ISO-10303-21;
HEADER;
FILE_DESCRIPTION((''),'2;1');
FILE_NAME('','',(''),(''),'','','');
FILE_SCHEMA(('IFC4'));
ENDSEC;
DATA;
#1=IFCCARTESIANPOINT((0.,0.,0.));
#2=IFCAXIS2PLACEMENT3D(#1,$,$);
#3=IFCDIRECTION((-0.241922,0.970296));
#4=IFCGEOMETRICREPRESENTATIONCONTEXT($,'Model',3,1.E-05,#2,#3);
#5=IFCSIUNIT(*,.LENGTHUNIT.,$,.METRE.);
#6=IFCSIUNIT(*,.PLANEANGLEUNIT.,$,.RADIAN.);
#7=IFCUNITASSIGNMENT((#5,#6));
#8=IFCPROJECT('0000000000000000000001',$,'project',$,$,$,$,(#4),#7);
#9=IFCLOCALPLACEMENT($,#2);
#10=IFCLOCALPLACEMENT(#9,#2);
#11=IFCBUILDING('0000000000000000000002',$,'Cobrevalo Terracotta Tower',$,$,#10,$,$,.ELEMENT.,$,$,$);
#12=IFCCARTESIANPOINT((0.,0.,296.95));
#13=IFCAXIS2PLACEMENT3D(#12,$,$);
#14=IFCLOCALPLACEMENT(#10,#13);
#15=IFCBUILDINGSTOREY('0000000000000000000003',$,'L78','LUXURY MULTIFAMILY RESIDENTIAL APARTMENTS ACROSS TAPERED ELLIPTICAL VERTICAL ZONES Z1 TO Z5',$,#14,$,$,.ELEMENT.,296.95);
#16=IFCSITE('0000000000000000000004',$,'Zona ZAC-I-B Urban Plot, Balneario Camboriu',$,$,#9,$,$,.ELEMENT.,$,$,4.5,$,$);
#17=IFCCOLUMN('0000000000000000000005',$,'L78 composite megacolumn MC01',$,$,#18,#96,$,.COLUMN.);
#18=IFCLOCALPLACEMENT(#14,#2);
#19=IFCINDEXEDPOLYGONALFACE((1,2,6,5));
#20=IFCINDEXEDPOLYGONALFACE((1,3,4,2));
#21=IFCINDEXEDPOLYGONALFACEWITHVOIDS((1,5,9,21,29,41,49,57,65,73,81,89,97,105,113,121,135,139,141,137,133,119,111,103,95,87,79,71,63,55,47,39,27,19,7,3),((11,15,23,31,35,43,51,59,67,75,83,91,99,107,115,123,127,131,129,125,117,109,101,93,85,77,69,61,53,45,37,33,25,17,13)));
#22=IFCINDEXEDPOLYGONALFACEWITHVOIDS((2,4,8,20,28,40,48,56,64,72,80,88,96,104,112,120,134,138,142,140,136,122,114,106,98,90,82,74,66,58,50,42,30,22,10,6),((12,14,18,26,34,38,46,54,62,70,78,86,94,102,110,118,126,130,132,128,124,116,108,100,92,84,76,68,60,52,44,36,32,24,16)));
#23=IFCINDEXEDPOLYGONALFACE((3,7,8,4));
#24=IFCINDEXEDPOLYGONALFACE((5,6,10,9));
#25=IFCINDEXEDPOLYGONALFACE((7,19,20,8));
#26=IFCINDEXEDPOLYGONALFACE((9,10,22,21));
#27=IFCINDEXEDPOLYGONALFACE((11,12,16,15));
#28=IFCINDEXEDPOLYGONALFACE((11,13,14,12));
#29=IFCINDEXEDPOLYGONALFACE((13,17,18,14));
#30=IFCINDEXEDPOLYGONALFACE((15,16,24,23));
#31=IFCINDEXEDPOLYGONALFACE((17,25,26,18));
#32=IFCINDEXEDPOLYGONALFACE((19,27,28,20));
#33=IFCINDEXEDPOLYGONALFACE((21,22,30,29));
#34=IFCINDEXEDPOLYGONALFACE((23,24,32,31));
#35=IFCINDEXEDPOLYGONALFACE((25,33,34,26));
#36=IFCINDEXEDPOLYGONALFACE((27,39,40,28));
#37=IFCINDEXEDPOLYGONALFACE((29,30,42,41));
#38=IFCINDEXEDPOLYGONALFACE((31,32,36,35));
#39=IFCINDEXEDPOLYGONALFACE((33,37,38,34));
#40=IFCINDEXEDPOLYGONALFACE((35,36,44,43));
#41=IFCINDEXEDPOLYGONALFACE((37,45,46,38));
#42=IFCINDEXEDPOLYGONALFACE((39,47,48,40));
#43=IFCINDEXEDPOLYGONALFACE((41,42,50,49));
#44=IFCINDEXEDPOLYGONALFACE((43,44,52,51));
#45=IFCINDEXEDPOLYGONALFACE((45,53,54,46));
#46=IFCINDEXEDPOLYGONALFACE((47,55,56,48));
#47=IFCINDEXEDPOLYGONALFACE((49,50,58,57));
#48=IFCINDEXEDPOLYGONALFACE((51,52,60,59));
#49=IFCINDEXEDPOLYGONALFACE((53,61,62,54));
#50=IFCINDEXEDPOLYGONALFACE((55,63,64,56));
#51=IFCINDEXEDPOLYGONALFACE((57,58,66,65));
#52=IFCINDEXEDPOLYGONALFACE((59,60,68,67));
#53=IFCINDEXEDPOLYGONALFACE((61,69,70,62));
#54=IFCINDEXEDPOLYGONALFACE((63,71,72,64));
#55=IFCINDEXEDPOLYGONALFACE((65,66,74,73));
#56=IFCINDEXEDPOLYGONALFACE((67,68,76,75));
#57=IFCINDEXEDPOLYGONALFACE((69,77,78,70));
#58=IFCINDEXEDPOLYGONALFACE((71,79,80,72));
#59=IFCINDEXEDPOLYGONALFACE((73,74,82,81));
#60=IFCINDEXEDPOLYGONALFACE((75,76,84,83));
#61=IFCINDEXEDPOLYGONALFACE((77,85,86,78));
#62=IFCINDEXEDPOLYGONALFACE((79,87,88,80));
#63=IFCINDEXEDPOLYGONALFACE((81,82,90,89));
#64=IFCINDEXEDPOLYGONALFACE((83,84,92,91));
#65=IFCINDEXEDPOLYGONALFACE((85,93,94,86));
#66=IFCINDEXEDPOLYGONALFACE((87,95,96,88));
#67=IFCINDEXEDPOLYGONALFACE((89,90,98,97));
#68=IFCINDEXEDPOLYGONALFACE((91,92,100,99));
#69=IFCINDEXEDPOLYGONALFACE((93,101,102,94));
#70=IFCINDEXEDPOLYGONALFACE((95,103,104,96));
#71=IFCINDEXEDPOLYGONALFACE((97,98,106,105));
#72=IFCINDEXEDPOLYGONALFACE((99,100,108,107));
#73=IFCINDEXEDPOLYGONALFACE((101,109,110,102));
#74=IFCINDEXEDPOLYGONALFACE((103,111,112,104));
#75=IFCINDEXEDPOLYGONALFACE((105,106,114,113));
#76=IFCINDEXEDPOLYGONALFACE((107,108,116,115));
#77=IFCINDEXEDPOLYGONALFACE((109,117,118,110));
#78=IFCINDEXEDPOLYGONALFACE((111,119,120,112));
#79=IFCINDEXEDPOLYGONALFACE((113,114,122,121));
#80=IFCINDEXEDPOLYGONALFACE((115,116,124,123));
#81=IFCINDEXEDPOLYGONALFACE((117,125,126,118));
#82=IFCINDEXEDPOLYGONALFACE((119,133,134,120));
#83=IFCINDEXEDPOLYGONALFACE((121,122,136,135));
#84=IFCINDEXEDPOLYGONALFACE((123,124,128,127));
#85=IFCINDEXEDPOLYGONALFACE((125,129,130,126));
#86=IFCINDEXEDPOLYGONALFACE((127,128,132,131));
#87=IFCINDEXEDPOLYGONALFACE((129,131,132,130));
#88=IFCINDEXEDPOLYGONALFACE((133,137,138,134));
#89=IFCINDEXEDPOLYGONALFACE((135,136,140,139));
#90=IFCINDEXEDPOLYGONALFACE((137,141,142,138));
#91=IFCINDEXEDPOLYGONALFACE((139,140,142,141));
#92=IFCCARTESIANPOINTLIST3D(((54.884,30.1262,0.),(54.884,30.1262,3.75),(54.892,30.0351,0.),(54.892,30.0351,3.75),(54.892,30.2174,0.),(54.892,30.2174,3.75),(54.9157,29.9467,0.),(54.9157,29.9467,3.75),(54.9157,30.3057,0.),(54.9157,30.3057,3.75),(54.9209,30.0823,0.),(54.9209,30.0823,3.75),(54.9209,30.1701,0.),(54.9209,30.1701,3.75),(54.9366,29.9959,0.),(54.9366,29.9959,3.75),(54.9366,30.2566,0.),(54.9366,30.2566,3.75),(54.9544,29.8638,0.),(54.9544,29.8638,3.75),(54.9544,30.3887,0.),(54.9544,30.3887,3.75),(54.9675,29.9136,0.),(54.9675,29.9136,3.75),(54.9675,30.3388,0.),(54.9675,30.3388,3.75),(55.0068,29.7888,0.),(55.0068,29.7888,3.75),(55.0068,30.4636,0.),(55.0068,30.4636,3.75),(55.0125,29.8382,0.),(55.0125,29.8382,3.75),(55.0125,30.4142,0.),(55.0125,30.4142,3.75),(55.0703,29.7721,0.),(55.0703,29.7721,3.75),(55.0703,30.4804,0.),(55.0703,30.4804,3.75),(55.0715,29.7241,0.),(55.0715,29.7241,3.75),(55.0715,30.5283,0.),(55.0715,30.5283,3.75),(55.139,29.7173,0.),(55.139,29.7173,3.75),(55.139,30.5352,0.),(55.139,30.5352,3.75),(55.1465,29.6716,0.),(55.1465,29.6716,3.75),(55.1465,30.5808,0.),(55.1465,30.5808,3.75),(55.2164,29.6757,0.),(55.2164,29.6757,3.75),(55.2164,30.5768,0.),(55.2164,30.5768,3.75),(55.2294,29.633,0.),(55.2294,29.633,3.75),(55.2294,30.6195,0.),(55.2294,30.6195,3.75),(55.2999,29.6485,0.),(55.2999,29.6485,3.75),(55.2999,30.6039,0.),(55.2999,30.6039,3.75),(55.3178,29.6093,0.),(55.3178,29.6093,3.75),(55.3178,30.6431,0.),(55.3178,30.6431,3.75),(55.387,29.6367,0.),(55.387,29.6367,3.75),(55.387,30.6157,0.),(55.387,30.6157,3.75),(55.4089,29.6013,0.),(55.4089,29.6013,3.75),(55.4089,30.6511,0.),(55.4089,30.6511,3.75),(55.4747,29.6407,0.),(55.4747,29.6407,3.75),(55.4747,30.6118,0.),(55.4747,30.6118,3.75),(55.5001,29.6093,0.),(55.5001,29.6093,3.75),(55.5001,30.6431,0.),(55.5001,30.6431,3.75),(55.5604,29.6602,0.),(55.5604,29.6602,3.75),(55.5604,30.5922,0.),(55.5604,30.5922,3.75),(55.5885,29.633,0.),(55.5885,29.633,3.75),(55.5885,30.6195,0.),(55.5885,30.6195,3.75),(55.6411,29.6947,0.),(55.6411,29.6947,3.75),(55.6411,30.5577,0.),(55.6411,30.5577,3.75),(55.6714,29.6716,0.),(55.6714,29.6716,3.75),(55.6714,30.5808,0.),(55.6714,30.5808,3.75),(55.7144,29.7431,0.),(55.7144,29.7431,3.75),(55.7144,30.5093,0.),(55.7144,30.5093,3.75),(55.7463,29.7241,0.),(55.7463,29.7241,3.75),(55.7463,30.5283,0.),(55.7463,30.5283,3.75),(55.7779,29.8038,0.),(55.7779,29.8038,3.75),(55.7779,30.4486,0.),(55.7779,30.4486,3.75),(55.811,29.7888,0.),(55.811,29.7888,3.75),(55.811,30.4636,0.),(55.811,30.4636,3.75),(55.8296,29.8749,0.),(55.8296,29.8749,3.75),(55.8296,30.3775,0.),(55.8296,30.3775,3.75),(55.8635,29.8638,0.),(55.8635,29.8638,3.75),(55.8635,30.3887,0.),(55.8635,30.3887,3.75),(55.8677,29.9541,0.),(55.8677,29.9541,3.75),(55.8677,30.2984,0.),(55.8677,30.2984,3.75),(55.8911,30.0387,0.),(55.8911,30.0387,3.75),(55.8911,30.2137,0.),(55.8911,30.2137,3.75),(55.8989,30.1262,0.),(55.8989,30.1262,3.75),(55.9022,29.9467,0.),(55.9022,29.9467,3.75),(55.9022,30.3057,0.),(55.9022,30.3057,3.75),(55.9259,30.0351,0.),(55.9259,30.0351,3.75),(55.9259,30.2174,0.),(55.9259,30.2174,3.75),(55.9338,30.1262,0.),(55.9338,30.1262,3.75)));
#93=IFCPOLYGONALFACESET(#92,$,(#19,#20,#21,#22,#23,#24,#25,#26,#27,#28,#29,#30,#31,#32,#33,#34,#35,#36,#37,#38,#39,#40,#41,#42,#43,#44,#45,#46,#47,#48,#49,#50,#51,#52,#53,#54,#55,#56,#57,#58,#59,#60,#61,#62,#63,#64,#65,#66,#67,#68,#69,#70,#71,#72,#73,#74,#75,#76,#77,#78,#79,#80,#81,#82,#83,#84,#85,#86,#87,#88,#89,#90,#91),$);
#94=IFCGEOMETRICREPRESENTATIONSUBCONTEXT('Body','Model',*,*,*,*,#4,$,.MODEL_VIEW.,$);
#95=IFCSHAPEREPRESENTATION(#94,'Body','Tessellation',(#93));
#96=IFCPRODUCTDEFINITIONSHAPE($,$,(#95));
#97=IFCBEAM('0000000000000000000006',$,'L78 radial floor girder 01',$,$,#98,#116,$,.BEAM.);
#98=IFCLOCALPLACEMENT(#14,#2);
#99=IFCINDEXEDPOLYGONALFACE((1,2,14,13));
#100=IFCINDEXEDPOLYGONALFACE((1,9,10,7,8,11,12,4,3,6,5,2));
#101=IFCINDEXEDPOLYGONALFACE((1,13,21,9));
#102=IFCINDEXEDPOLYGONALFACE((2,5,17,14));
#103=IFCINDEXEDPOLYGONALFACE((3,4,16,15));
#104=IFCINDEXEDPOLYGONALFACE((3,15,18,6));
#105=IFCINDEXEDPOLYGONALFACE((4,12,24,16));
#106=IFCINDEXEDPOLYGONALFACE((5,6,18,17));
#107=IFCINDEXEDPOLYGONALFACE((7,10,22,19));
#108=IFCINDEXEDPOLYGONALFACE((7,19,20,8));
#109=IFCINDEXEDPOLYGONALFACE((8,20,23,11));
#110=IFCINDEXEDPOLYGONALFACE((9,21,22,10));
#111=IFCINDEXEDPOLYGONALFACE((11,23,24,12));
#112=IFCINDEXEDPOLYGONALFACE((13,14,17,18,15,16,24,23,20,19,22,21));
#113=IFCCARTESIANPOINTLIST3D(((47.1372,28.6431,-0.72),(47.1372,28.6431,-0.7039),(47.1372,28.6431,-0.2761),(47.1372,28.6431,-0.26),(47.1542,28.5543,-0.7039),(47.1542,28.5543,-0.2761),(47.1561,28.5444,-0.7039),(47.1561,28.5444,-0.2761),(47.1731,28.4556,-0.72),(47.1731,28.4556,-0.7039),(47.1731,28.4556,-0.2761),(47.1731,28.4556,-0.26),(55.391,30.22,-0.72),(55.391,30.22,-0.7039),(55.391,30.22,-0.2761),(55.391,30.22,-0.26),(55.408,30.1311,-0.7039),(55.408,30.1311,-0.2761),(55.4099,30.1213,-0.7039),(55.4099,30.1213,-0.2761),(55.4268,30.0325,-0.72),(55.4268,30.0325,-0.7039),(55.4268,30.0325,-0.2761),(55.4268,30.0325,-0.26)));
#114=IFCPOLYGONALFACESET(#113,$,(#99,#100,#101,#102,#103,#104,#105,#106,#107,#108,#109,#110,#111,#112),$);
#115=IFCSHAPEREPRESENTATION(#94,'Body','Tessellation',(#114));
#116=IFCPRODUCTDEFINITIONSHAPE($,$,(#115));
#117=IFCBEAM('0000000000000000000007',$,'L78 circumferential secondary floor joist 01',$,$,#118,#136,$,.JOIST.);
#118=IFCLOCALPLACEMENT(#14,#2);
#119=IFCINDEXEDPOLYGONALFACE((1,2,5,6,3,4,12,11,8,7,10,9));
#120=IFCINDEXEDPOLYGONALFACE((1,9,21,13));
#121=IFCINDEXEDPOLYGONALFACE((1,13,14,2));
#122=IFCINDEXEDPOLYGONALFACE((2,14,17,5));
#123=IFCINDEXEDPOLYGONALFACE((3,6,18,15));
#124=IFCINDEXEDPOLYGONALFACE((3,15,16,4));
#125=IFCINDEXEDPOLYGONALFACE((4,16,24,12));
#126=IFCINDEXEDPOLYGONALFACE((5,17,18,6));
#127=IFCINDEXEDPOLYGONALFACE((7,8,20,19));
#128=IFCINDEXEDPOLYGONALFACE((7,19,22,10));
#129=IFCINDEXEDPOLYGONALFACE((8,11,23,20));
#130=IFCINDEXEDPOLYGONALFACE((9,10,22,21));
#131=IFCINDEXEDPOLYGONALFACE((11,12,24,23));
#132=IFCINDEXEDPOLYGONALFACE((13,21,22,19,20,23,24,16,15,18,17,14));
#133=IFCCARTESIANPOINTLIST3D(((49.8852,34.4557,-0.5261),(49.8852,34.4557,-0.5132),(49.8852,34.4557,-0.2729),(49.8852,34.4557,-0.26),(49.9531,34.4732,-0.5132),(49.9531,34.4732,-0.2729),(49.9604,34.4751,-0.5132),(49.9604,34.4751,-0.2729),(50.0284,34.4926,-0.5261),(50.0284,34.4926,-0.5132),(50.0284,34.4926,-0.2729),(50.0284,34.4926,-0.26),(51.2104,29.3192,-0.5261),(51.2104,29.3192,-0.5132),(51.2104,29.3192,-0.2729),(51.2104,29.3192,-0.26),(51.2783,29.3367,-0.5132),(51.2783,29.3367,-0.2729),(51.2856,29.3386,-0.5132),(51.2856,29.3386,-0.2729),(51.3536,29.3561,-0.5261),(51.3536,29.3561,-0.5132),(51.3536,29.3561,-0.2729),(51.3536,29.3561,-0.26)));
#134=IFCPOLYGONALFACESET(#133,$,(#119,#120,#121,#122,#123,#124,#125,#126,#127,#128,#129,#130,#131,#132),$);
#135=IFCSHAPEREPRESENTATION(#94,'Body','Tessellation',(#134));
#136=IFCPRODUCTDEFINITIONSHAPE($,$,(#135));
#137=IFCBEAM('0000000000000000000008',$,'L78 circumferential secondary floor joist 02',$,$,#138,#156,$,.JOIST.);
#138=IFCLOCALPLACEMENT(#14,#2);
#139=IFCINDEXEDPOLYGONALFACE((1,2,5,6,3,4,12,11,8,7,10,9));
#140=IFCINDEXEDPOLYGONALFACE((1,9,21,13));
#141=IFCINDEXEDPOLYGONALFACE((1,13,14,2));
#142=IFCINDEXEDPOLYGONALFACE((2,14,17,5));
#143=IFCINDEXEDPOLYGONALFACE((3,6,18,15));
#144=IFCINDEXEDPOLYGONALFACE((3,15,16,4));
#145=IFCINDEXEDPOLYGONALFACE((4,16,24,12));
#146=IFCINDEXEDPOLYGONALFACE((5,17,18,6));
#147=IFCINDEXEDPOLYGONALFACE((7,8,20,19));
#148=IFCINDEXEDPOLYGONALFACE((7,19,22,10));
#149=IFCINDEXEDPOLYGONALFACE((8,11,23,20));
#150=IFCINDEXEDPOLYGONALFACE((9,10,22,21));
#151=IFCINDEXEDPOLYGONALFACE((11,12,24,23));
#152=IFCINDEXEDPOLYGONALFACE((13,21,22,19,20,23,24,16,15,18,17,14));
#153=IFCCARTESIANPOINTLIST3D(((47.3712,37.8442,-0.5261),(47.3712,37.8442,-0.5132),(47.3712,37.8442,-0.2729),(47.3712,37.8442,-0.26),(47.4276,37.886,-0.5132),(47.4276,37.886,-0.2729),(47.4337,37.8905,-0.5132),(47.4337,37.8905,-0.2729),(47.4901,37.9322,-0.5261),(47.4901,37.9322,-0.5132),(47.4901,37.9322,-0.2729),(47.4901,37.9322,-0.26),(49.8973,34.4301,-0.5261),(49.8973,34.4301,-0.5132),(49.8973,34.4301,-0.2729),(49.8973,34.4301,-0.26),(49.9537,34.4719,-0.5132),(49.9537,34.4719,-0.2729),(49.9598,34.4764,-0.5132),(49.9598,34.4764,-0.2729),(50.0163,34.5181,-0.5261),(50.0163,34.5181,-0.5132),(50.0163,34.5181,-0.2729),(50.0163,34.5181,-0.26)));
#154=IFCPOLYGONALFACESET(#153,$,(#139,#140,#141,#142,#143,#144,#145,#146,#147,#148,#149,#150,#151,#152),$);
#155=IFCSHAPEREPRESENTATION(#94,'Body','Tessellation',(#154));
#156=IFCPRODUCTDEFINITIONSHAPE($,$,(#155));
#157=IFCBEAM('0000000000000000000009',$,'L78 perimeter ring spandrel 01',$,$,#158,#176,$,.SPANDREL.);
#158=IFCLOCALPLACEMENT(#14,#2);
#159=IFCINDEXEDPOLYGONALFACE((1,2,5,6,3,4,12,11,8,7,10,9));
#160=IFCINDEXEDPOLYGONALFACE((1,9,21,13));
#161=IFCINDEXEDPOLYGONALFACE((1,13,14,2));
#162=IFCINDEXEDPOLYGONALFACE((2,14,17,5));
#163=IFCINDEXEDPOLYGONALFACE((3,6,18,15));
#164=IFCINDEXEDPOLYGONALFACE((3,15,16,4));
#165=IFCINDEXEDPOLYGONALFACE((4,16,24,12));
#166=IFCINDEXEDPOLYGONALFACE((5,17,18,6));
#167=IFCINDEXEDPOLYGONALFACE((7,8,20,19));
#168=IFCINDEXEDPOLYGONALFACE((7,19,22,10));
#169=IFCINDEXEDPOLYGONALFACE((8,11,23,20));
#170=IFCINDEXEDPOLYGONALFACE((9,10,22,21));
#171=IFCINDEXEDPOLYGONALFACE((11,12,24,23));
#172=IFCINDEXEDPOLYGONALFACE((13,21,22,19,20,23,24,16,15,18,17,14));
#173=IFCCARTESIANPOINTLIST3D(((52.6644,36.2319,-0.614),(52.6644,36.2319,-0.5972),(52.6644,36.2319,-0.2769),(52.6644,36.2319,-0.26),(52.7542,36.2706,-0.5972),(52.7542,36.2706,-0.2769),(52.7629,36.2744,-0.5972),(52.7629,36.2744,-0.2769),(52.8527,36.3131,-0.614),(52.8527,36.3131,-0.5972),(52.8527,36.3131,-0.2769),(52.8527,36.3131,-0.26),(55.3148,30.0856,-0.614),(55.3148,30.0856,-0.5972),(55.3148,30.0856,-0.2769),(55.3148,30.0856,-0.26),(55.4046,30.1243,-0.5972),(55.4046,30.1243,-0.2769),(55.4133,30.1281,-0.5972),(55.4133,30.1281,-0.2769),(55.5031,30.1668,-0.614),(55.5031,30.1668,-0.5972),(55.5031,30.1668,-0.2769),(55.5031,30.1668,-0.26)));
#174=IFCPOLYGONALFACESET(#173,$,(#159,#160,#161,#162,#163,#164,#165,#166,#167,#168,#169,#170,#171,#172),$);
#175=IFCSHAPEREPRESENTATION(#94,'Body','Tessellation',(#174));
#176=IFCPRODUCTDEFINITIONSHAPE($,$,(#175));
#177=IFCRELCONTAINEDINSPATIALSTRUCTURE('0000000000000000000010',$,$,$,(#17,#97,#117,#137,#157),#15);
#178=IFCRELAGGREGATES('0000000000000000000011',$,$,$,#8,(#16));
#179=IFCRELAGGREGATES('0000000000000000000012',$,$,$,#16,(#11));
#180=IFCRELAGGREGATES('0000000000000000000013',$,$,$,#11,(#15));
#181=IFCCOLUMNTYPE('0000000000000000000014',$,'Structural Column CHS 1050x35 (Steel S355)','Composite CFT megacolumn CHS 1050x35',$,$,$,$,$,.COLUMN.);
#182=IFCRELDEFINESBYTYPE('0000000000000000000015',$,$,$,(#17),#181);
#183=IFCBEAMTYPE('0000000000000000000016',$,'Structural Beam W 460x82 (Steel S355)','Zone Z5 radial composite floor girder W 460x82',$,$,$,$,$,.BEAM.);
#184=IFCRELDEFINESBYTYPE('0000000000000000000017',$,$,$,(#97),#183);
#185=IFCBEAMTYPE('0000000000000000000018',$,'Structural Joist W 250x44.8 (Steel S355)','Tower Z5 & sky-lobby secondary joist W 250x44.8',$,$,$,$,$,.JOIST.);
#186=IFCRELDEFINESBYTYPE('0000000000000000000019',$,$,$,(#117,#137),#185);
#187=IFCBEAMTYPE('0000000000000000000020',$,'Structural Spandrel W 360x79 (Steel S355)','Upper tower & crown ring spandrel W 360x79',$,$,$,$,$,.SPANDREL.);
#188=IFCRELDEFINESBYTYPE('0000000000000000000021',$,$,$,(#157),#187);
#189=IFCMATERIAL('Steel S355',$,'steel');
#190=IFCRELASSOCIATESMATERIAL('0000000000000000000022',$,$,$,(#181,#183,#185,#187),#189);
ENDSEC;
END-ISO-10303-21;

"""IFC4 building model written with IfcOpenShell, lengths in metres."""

from ifc_helpers import new_model, si_unit, direction, frame, origin, origin_2d, place, context, subcontext, project, spatial, hollow_circle, i_section, extrude, material, material_profile, profile_set, type_object, element, save


model = new_model("IFC4")

# Units and contexts
model_context = context("Model", 3, precision=1e-05, world=origin(), true_north=direction((-0.241922, 0.970296)))
body_context = subcontext(model_context, "Body", "Model", "MODEL_VIEW")
ifc_project = project(units=[si_unit("LENGTHUNIT", "METRE"), si_unit("PLANEANGLEUNIT", "RADIAN")], contexts=[model_context])

# Site, building, storey
site_placement = place(None, origin())
site = spatial("IfcSite", under=ifc_project, at=site_placement, Name="Zona ZAC-I-B Urban Plot, Balneario Camboriu", CompositionType="ELEMENT", RefElevation=4.5)
building_placement = place(site_placement, origin())
building = spatial("IfcBuilding", under=site, at=building_placement, Name="Cobrevalo Terracotta Tower", CompositionType="ELEMENT")
storey_placement = place(building_placement, frame((0.0, 0.0, 296.95)))
storey = spatial("IfcBuildingStorey", under=building, at=storey_placement, Name="L78", Description="LUXURY MULTIFAMILY RESIDENTIAL APARTMENTS ACROSS TAPERED ELLIPTICAL VERTICAL ZONES Z1 TO Z5", CompositionType="ELEMENT", Elevation=296.95)

# Column
ifc_material_1 = material(Name="Steel S355", Category="steel")
ifc_material_profile_1 = material_profile(ifc_material_1, hollow_circle(Radius=0.5249, WallThickness=0.0349, at=origin_2d()), Name="CHS 1050x35")
ifc_profile_set_1 = profile_set([ifc_material_profile_1], Name="Steel S355")
column_type = type_object("IfcColumnType", Name="Structural Column CHS 1050x35 (Steel S355)", Description="Composite CFT megacolumn CHS 1050x35", PredefinedType="COLUMN", material=ifc_profile_set_1)
column_placement = place(storey_placement, frame((55.4089, 30.1262, 0.0), z_axis=(0.0, 0.0, 1.0), x_axis=(1.0, 0.0, 0.0)))
element("IfcColumn", 1, at=column_placement, inside=storey, type_object=column_type, Name="L78 composite megacolumn MC01", PredefinedType="COLUMN", context=body_context, shape_type="SweptSolid", body=[
    extrude(hollow_circle(Radius=0.5249, WallThickness=0.0349, at=origin_2d()), origin(), (0.0, 0.0, 1.0), 3.75),
])

# Beams
ifc_material_profile_2 = material_profile(ifc_material_1, i_section(OverallWidth=0.1909, OverallDepth=0.46, WebThickness=0.01, FlangeThickness=0.0161, at=origin_2d()), Name="W 460x82")
ifc_profile_set_2 = profile_set([ifc_material_profile_2], Name="Steel S355")
beam_type_1 = type_object("IfcBeamType", Name="Structural Beam W 460x82 (Steel S355)", Description="Zone Z5 radial composite floor girder W 460x82", PredefinedType="BEAM", material=ifc_profile_set_2)
beam_1_placement = place(storey_placement, frame((55.4089, 30.1262, -0.49), z_axis=(-0.982235, -0.187655, 0.0), x_axis=(0.187655, -0.982235, 0.0)))
element("IfcBeam", 2, at=beam_1_placement, inside=storey, type_object=beam_type_1, Name="L78 radial floor girder 01", PredefinedType="BEAM", context=body_context, shape_type="SweptSolid", body=[
    extrude(i_section(OverallWidth=0.1909, OverallDepth=0.46, WebThickness=0.01, FlangeThickness=0.0161, at=origin_2d()), origin(), (0.0, 0.0, 1.0), 8.4031),
])
ifc_material_profile_3 = material_profile(ifc_material_1, i_section(OverallWidth=0.1479, OverallDepth=0.2661, WebThickness=0.0076, FlangeThickness=0.0129, at=origin_2d()), Name="W 250x44.8")
ifc_profile_set_3 = profile_set([ifc_material_profile_3], Name="Steel S355")
beam_type_2 = type_object("IfcBeamType", Name="Structural Joist W 250x44.8 (Steel S355)", Description="Tower Z5 & sky-lobby secondary joist W 250x44.8", PredefinedType="JOIST", material=ifc_profile_set_3)
beam_2_placement = place(storey_placement, frame((51.282, 29.3376, -0.3931), z_axis=(-0.249817, 0.968293, 0.0), x_axis=(-0.968293, -0.249817, 0.0)))
element("IfcBeam", 3, at=beam_2_placement, inside=storey, type_object=beam_type_2, Name="L78 circumferential secondary floor joist 01", PredefinedType="JOIST", context=body_context, shape_type="SweptSolid", body=[
    extrude(i_section(OverallWidth=0.1479, OverallDepth=0.2661, WebThickness=0.0076, FlangeThickness=0.0129, at=origin_2d()), origin(), (0.0, 0.0, 1.0), 5.3047),
])
beam_3_placement = place(storey_placement, frame((49.9568, 34.4741, -0.3931), z_axis=(-0.5948, 0.803874, 0.0), x_axis=(-0.803874, -0.5948, 0.0)))
element("IfcBeam", 4, at=beam_3_placement, inside=storey, type_object=beam_type_2, Name="L78 circumferential secondary floor joist 02", PredefinedType="JOIST", context=body_context, shape_type="SweptSolid", body=[
    extrude(i_section(OverallWidth=0.1479, OverallDepth=0.2661, WebThickness=0.0076, FlangeThickness=0.0129, at=origin_2d()), origin(), (0.0, 0.0, 1.0), 4.2471),
])
ifc_material_profile_4 = material_profile(ifc_material_1, i_section(OverallWidth=0.2051, OverallDepth=0.354, WebThickness=0.0095, FlangeThickness=0.0168, at=origin_2d()), Name="W 360x79")
ifc_profile_set_4 = profile_set([ifc_material_profile_4], Name="Steel S355")
beam_type_3 = type_object("IfcBeamType", Name="Structural Spandrel W 360x79 (Steel S355)", Description="Upper tower & crown ring spandrel W 360x79", PredefinedType="SPANDREL", material=ifc_profile_set_4)
beam_4_placement = place(storey_placement, frame((55.4089, 30.1262, -0.437), z_axis=(-0.395974, 0.918262, 0.0), x_axis=(-0.918262, -0.395974, 0.0)))
element("IfcBeam", 5, at=beam_4_placement, inside=storey, type_object=beam_type_3, Name="L78 perimeter ring spandrel 01", PredefinedType="SPANDREL", context=body_context, shape_type="SweptSolid", body=[
    extrude(i_section(OverallWidth=0.2051, OverallDepth=0.354, WebThickness=0.0095, FlangeThickness=0.0168, at=origin_2d()), origin(), (0.0, 0.0, 1.0), 6.6934),
])

save(model, "model.ifc")
